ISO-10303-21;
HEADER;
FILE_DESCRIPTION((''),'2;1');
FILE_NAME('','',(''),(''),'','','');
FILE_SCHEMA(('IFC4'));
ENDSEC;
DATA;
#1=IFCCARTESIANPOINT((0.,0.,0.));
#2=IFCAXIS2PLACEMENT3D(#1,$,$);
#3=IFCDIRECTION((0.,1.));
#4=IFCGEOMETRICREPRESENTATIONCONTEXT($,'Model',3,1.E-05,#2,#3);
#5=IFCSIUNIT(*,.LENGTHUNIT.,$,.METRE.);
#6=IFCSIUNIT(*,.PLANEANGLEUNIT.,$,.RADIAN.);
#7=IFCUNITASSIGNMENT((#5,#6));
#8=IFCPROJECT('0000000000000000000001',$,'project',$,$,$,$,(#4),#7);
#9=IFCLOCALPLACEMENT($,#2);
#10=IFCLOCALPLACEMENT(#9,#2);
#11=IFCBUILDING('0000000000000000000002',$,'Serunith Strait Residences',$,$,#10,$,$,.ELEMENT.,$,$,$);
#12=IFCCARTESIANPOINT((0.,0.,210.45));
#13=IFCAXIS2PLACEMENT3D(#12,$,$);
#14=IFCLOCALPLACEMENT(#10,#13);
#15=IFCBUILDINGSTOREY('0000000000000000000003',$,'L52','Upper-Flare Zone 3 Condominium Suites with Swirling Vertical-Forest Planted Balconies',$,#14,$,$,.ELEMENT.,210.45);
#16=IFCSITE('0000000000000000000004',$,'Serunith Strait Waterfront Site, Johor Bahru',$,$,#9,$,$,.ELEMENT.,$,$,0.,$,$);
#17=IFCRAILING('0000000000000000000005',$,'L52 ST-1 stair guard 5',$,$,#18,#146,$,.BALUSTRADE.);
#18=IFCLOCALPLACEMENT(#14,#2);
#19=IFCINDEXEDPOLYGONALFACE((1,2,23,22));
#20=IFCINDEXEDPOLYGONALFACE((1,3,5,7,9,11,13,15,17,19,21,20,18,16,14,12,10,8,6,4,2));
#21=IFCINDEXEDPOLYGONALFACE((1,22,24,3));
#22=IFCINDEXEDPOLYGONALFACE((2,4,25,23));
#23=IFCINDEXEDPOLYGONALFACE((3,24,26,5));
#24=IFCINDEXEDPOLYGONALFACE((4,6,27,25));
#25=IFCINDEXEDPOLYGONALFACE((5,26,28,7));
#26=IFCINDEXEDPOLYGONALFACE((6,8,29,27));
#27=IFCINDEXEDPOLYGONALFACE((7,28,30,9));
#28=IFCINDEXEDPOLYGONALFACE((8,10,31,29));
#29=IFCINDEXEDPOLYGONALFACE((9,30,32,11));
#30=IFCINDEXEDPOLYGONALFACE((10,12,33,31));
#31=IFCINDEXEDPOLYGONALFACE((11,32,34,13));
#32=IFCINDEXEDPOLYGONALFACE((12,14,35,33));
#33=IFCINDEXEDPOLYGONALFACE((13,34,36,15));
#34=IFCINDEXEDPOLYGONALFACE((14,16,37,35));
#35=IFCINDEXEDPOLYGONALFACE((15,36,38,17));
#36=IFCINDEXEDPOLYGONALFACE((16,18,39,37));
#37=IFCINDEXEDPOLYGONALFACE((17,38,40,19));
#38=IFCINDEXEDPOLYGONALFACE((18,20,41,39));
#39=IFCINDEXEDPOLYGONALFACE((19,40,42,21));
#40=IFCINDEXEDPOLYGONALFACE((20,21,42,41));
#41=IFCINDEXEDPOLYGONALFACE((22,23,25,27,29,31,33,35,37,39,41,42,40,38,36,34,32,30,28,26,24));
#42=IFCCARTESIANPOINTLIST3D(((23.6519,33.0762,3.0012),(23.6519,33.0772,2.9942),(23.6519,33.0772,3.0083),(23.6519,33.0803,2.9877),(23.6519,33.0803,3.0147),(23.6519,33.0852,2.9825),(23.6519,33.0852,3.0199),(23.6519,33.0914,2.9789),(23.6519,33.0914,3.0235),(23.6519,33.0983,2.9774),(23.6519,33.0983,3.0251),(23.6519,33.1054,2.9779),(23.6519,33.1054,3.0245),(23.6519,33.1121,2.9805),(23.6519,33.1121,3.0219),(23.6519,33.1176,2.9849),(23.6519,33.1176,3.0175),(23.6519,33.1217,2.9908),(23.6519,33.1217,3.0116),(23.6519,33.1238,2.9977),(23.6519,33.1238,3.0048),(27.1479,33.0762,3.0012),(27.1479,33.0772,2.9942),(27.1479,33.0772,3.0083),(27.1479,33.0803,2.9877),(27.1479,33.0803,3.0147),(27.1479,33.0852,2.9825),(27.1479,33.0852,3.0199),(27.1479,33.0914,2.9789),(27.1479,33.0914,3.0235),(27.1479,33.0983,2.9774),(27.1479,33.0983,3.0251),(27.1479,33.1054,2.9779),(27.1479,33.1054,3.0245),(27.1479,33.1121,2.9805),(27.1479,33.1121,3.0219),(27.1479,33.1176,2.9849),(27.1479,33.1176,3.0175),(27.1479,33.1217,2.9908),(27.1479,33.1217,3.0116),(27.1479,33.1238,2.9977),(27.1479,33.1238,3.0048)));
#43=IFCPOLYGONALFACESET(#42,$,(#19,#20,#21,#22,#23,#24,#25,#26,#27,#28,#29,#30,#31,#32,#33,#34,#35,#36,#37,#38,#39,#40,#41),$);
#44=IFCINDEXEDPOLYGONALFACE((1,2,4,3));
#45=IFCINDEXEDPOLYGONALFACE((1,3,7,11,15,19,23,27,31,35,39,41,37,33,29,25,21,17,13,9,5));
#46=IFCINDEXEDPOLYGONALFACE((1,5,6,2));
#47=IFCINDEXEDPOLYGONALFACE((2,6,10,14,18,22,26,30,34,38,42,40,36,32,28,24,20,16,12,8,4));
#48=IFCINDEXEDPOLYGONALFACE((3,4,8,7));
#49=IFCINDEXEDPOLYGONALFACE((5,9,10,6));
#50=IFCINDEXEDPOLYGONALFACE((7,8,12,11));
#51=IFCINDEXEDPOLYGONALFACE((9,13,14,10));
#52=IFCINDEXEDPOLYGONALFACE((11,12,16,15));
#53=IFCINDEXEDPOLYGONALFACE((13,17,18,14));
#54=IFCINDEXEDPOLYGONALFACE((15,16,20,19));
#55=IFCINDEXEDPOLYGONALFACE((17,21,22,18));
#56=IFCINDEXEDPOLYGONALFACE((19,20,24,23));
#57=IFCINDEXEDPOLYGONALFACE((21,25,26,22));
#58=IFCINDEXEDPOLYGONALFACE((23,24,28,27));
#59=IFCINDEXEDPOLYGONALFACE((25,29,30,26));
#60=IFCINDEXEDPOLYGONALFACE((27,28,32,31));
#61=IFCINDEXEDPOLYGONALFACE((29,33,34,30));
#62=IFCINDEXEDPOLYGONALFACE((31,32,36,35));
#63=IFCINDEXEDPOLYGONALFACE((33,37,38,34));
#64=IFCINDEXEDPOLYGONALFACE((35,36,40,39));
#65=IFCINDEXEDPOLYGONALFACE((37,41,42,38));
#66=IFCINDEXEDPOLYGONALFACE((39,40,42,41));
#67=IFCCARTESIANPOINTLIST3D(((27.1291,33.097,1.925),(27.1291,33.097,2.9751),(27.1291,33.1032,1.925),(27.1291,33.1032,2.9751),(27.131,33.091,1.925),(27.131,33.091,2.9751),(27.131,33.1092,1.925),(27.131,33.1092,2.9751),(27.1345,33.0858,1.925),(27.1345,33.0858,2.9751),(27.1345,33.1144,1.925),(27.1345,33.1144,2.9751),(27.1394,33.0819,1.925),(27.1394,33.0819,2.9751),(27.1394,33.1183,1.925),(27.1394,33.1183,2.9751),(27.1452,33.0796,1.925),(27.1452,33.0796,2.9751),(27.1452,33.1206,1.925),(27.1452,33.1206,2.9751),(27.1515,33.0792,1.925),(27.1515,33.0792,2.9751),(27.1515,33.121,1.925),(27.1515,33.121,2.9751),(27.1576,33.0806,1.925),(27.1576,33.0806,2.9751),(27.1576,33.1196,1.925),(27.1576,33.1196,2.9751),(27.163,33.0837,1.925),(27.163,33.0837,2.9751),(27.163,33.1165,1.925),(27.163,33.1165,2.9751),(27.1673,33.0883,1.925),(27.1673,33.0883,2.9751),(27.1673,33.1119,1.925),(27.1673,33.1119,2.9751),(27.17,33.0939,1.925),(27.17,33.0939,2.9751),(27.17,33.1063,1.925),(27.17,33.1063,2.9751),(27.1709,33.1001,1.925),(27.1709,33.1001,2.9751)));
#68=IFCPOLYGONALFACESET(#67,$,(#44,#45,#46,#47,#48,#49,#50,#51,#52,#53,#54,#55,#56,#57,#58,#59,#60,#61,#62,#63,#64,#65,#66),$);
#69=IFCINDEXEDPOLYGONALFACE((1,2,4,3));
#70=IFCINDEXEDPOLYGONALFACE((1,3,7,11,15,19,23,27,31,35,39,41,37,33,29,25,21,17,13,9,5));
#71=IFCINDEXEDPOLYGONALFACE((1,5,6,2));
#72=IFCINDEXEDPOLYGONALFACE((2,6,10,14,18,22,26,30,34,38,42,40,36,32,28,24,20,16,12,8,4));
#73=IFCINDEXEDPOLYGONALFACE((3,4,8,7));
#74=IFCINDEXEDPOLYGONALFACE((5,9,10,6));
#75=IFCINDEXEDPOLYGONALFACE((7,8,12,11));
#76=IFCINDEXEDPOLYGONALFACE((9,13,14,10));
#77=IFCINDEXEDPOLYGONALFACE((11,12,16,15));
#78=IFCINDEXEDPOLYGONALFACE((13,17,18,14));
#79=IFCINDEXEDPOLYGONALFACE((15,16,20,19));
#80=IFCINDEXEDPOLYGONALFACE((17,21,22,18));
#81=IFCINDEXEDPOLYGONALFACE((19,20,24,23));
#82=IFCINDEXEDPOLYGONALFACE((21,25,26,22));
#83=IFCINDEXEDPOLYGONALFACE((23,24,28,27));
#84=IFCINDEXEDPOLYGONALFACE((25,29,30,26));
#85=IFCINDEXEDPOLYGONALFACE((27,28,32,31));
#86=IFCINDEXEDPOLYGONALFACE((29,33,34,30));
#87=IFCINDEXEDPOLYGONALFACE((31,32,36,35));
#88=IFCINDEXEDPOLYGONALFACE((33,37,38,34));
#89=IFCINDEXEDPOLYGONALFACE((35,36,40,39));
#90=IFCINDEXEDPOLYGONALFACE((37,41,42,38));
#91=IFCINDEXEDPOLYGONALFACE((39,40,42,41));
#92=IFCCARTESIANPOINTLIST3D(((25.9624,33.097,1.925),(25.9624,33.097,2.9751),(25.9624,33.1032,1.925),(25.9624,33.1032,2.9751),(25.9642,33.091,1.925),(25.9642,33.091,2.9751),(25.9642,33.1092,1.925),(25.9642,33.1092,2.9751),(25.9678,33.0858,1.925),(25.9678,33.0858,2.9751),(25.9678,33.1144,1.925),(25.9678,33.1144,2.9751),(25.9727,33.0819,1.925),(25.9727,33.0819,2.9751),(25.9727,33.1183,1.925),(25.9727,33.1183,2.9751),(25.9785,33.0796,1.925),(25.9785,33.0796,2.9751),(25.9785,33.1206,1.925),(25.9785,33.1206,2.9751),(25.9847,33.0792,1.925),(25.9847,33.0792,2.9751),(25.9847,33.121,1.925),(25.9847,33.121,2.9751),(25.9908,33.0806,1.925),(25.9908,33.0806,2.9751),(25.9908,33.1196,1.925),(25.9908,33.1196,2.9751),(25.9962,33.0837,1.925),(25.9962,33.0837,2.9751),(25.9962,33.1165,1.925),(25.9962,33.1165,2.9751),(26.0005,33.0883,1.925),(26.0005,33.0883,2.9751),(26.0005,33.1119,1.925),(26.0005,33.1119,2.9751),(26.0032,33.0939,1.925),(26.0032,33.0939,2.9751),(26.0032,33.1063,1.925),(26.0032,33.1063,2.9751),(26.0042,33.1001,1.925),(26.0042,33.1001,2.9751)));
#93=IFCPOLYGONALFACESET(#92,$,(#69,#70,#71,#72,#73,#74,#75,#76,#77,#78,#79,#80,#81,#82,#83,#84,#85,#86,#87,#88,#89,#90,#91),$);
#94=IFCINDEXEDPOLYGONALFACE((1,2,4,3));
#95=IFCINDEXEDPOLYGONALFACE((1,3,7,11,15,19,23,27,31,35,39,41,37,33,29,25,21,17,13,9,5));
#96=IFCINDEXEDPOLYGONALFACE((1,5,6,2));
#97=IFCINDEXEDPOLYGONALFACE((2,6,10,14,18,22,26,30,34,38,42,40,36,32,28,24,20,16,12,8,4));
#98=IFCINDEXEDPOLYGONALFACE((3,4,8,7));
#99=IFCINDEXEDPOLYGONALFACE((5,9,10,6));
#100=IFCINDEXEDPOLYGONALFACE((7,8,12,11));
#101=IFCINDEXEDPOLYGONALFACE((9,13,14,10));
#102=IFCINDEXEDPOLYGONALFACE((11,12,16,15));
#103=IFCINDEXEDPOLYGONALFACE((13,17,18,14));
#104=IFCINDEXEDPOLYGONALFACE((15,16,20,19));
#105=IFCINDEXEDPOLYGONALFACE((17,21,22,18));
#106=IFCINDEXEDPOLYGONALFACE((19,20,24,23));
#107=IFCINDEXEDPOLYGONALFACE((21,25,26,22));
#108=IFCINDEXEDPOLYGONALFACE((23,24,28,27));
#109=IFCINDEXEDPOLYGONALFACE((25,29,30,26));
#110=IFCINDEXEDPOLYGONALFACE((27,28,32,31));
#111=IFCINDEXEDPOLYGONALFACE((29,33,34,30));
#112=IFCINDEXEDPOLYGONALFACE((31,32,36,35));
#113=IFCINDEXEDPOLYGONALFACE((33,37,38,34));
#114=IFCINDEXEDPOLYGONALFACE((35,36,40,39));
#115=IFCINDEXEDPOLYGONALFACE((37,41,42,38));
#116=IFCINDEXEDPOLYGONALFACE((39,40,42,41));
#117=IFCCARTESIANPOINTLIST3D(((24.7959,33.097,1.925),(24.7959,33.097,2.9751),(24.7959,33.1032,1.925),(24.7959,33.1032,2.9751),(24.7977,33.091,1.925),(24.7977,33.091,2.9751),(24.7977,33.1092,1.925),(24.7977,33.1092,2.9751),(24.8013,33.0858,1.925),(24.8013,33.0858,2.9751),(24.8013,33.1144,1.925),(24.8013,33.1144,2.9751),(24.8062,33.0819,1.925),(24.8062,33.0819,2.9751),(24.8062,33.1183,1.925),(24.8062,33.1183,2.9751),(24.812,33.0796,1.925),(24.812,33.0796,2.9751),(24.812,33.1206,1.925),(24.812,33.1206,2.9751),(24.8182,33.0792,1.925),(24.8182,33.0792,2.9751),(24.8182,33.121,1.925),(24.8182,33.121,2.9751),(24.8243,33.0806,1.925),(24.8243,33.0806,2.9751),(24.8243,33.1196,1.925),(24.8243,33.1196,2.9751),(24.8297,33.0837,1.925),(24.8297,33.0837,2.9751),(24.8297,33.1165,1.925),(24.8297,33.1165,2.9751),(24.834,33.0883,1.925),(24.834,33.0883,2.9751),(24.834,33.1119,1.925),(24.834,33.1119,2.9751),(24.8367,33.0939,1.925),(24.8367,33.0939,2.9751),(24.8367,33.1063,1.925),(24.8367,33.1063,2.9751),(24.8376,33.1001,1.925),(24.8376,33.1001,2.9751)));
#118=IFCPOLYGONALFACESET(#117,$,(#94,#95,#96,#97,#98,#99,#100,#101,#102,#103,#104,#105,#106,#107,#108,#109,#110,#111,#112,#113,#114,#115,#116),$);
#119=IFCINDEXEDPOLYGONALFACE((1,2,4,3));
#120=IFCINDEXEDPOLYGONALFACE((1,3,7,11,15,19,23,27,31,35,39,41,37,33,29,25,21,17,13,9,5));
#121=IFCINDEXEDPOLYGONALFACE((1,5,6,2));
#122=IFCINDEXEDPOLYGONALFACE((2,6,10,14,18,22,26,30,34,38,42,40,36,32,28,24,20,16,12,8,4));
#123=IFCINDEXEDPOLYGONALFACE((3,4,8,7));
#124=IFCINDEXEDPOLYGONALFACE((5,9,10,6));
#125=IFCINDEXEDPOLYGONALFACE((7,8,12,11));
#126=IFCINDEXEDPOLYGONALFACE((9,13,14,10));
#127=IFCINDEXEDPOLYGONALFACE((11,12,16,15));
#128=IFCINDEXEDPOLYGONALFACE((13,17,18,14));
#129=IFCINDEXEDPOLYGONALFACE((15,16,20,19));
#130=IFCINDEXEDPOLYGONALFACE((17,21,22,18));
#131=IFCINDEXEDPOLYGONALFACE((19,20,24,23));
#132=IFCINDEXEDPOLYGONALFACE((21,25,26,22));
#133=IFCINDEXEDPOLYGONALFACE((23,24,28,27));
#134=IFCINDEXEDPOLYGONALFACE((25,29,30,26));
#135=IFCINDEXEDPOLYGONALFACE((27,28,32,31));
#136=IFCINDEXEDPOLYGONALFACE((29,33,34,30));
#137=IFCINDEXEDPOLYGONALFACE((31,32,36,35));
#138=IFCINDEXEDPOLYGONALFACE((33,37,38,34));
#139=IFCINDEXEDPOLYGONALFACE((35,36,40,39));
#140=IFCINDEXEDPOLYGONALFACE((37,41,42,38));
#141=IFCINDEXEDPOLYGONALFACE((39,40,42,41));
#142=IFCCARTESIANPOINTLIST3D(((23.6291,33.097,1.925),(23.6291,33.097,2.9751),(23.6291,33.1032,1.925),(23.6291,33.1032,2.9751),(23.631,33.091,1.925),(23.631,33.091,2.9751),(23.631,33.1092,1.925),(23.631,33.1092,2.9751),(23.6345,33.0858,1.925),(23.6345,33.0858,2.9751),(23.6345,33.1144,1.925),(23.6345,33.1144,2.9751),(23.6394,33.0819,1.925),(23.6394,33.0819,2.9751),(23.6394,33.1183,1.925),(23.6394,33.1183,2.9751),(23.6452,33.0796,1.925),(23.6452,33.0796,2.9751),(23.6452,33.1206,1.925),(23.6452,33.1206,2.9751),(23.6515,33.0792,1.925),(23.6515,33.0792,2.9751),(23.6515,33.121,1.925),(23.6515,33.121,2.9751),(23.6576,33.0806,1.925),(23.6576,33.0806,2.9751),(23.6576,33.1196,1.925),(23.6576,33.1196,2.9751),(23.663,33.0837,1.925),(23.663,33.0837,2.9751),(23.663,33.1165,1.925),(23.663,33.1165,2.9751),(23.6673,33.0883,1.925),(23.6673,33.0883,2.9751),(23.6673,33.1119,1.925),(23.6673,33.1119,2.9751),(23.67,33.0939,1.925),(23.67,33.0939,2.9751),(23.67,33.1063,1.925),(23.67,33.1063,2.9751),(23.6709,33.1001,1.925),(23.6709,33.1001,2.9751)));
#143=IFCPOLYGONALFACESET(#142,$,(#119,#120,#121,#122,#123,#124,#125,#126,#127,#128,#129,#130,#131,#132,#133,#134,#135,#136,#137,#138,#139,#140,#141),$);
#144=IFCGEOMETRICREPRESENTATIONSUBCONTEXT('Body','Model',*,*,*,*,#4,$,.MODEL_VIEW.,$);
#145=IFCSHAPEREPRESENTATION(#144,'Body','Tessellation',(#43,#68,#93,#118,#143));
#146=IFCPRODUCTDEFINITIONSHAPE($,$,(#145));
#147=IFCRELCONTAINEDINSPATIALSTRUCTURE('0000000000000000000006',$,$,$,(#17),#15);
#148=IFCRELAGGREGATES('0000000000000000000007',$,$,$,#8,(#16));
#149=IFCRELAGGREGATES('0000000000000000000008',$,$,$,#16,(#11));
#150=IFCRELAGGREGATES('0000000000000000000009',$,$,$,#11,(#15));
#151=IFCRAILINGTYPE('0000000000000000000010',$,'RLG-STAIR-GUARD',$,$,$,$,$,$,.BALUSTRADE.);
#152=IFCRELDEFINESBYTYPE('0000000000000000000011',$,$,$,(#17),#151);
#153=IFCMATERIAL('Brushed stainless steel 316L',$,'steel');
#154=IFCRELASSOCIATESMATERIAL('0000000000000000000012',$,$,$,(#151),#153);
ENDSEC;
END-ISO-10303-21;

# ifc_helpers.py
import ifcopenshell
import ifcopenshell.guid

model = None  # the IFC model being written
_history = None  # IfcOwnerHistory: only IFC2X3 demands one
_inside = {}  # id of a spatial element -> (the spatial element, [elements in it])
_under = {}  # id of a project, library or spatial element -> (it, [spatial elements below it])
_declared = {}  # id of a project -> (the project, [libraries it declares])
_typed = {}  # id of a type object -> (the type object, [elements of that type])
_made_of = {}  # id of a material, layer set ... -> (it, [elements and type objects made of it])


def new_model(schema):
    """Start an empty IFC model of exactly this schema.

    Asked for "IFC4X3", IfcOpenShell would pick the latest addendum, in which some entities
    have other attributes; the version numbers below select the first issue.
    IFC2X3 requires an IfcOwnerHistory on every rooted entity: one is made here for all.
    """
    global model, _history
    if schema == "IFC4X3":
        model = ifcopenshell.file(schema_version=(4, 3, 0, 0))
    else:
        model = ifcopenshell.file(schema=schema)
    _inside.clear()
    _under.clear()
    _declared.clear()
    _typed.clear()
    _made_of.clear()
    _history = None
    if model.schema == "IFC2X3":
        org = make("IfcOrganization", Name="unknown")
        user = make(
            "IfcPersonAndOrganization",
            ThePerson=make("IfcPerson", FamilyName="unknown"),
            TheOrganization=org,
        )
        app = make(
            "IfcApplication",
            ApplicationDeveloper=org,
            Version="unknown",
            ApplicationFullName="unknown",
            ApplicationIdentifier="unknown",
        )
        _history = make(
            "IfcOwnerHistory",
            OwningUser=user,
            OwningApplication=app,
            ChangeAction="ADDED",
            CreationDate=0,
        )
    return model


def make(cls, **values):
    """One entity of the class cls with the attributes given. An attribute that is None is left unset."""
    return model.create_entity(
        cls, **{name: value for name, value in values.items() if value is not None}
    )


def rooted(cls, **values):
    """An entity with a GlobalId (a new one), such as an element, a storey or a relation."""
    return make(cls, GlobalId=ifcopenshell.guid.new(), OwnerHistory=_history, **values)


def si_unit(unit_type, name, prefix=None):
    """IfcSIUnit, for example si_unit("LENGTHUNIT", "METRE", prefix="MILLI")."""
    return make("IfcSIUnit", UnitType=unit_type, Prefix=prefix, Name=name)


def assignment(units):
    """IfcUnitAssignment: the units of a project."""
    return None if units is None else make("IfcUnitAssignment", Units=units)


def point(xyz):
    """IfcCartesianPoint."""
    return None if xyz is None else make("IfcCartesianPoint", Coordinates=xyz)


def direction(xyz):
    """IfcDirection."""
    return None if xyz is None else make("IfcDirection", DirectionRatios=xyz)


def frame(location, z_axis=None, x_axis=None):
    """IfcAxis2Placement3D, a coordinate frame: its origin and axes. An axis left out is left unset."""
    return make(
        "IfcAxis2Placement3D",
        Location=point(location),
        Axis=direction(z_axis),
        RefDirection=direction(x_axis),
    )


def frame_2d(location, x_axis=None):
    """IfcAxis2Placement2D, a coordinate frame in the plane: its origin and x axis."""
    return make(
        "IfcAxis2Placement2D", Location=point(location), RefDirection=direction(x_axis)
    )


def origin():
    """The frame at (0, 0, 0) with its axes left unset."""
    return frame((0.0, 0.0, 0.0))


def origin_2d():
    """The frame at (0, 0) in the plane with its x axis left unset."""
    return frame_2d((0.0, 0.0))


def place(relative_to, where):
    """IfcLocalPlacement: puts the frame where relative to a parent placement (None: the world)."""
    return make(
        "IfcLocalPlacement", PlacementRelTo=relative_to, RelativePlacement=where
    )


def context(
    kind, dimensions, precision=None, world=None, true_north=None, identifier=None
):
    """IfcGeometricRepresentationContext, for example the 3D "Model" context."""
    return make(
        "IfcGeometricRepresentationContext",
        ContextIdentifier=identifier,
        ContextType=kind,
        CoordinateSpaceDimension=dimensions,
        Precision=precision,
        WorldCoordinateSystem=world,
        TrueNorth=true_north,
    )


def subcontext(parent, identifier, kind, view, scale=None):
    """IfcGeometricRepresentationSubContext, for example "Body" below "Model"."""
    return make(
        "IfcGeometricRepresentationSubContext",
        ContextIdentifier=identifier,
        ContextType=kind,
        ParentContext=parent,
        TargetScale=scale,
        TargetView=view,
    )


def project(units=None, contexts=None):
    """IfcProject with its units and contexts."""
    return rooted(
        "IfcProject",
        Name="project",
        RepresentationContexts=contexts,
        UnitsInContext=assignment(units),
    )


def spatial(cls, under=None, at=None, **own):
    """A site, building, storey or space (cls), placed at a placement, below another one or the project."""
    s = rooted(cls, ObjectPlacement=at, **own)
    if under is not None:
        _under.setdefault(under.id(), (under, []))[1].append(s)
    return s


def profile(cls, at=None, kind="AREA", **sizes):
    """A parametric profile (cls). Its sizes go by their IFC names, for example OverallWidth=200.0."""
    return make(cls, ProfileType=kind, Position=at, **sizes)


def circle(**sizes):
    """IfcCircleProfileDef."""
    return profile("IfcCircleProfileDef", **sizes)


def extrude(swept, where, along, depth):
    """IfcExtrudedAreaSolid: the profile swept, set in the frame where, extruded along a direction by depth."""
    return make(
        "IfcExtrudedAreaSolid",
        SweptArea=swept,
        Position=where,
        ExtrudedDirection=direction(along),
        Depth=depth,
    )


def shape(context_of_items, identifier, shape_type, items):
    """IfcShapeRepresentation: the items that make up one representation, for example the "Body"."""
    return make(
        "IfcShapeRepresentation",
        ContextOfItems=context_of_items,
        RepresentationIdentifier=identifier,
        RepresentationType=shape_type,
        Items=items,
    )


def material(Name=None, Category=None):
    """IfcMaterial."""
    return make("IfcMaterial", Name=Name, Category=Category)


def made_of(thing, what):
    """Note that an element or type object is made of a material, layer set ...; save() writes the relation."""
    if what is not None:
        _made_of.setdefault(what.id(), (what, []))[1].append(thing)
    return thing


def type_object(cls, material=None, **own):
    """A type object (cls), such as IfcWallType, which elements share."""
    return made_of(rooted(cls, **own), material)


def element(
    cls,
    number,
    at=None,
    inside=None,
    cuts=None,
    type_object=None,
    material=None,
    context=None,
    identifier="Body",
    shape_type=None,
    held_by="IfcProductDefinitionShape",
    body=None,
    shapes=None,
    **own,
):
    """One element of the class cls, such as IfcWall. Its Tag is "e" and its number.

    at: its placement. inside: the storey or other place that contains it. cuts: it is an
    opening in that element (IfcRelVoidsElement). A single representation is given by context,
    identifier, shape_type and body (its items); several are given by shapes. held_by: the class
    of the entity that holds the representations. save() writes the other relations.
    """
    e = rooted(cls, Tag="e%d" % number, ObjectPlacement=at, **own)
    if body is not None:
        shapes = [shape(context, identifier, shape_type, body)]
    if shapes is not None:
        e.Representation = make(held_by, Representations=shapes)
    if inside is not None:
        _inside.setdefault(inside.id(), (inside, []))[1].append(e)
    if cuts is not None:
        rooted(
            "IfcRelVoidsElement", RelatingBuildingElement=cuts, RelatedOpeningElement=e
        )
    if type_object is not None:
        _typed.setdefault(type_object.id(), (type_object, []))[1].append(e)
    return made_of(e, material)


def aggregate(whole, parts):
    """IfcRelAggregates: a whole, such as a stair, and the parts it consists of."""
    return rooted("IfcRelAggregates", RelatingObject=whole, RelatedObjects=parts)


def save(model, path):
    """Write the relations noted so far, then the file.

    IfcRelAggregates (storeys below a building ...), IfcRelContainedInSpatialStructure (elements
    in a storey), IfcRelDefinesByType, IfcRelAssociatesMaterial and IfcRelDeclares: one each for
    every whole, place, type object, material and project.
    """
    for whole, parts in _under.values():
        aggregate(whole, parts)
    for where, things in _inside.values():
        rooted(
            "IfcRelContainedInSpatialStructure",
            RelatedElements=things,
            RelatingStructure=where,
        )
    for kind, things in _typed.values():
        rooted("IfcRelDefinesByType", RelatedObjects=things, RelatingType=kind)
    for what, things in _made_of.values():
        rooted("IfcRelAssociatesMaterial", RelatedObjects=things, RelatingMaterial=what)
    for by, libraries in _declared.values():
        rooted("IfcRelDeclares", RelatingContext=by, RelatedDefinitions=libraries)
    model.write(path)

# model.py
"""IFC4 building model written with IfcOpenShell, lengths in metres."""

from ifc_helpers import new_model, si_unit, direction, frame, origin, origin_2d, place, context, subcontext, project, spatial, circle, extrude, material, type_object, element, save


model = new_model("IFC4")

# Units and contexts
model_context = context("Model", 3, precision=1e-05, world=origin(), true_north=direction((0.0, 1.0)))
body_context = subcontext(model_context, "Body", "Model", "MODEL_VIEW")
ifc_project = project(units=[si_unit("LENGTHUNIT", "METRE"), si_unit("PLANEANGLEUNIT", "RADIAN")], contexts=[model_context])

# Site, building, storey
site_placement = place(None, origin())
site = spatial("IfcSite", under=ifc_project, at=site_placement, Name="Serunith Strait Waterfront Site, Johor Bahru", CompositionType="ELEMENT", RefElevation=0.0)
building_placement = place(site_placement, origin())
building = spatial("IfcBuilding", under=site, at=building_placement, Name="Serunith Strait Residences", CompositionType="ELEMENT")
storey_placement = place(building_placement, frame((0.0, 0.0, 210.45)))
storey = spatial("IfcBuildingStorey", under=building, at=storey_placement, Name="L52", Description="Upper-Flare Zone 3 Condominium Suites with Swirling Vertical-Forest Planted Balconies", CompositionType="ELEMENT", Elevation=210.45)

# Railing
ifc_material_1 = material(Name="Brushed stainless steel 316L", Category="steel")
railing_type_1 = type_object("IfcRailingType", Name="RLG-STAIR-GUARD", PredefinedType="BALUSTRADE", material=ifc_material_1)
railing_1_placement = place(storey_placement, frame((27.1499, 33.1001, 1.925)))
element("IfcRailing", 1, at=railing_1_placement, inside=storey, type_object=railing_type_1, Name="L52 ST-1 stair guard 5", PredefinedType="BALUSTRADE", context=body_context, shape_type="SweptSolid", body=[
    extrude(circle(Radius=0.0239, at=origin_2d()), frame((-0.002, 0.0, 1.0762), z_axis=(-1.0, 0.0, 0.0), x_axis=(0.0, -1.0, 0.0)), (0.0, 0.0, 1.0), 3.4961),
    extrude(circle(Radius=0.021, at=origin_2d()), origin(), (0.0, 0.0, 1.0), 1.05),
    extrude(circle(Radius=0.021, at=origin_2d()), frame((-1.1667, 0.0, 0.0)), (0.0, 0.0, 1.0), 1.05),
    extrude(circle(Radius=0.021, at=origin_2d()), frame((-2.3333, 0.0, 0.0)), (0.0, 0.0, 1.0), 1.05),
    extrude(circle(Radius=0.021, at=origin_2d()), frame((-3.5, 0.0, 0.0)), (0.0, 0.0, 1.0), 1.05),
])

save(model, "model.ifc")
